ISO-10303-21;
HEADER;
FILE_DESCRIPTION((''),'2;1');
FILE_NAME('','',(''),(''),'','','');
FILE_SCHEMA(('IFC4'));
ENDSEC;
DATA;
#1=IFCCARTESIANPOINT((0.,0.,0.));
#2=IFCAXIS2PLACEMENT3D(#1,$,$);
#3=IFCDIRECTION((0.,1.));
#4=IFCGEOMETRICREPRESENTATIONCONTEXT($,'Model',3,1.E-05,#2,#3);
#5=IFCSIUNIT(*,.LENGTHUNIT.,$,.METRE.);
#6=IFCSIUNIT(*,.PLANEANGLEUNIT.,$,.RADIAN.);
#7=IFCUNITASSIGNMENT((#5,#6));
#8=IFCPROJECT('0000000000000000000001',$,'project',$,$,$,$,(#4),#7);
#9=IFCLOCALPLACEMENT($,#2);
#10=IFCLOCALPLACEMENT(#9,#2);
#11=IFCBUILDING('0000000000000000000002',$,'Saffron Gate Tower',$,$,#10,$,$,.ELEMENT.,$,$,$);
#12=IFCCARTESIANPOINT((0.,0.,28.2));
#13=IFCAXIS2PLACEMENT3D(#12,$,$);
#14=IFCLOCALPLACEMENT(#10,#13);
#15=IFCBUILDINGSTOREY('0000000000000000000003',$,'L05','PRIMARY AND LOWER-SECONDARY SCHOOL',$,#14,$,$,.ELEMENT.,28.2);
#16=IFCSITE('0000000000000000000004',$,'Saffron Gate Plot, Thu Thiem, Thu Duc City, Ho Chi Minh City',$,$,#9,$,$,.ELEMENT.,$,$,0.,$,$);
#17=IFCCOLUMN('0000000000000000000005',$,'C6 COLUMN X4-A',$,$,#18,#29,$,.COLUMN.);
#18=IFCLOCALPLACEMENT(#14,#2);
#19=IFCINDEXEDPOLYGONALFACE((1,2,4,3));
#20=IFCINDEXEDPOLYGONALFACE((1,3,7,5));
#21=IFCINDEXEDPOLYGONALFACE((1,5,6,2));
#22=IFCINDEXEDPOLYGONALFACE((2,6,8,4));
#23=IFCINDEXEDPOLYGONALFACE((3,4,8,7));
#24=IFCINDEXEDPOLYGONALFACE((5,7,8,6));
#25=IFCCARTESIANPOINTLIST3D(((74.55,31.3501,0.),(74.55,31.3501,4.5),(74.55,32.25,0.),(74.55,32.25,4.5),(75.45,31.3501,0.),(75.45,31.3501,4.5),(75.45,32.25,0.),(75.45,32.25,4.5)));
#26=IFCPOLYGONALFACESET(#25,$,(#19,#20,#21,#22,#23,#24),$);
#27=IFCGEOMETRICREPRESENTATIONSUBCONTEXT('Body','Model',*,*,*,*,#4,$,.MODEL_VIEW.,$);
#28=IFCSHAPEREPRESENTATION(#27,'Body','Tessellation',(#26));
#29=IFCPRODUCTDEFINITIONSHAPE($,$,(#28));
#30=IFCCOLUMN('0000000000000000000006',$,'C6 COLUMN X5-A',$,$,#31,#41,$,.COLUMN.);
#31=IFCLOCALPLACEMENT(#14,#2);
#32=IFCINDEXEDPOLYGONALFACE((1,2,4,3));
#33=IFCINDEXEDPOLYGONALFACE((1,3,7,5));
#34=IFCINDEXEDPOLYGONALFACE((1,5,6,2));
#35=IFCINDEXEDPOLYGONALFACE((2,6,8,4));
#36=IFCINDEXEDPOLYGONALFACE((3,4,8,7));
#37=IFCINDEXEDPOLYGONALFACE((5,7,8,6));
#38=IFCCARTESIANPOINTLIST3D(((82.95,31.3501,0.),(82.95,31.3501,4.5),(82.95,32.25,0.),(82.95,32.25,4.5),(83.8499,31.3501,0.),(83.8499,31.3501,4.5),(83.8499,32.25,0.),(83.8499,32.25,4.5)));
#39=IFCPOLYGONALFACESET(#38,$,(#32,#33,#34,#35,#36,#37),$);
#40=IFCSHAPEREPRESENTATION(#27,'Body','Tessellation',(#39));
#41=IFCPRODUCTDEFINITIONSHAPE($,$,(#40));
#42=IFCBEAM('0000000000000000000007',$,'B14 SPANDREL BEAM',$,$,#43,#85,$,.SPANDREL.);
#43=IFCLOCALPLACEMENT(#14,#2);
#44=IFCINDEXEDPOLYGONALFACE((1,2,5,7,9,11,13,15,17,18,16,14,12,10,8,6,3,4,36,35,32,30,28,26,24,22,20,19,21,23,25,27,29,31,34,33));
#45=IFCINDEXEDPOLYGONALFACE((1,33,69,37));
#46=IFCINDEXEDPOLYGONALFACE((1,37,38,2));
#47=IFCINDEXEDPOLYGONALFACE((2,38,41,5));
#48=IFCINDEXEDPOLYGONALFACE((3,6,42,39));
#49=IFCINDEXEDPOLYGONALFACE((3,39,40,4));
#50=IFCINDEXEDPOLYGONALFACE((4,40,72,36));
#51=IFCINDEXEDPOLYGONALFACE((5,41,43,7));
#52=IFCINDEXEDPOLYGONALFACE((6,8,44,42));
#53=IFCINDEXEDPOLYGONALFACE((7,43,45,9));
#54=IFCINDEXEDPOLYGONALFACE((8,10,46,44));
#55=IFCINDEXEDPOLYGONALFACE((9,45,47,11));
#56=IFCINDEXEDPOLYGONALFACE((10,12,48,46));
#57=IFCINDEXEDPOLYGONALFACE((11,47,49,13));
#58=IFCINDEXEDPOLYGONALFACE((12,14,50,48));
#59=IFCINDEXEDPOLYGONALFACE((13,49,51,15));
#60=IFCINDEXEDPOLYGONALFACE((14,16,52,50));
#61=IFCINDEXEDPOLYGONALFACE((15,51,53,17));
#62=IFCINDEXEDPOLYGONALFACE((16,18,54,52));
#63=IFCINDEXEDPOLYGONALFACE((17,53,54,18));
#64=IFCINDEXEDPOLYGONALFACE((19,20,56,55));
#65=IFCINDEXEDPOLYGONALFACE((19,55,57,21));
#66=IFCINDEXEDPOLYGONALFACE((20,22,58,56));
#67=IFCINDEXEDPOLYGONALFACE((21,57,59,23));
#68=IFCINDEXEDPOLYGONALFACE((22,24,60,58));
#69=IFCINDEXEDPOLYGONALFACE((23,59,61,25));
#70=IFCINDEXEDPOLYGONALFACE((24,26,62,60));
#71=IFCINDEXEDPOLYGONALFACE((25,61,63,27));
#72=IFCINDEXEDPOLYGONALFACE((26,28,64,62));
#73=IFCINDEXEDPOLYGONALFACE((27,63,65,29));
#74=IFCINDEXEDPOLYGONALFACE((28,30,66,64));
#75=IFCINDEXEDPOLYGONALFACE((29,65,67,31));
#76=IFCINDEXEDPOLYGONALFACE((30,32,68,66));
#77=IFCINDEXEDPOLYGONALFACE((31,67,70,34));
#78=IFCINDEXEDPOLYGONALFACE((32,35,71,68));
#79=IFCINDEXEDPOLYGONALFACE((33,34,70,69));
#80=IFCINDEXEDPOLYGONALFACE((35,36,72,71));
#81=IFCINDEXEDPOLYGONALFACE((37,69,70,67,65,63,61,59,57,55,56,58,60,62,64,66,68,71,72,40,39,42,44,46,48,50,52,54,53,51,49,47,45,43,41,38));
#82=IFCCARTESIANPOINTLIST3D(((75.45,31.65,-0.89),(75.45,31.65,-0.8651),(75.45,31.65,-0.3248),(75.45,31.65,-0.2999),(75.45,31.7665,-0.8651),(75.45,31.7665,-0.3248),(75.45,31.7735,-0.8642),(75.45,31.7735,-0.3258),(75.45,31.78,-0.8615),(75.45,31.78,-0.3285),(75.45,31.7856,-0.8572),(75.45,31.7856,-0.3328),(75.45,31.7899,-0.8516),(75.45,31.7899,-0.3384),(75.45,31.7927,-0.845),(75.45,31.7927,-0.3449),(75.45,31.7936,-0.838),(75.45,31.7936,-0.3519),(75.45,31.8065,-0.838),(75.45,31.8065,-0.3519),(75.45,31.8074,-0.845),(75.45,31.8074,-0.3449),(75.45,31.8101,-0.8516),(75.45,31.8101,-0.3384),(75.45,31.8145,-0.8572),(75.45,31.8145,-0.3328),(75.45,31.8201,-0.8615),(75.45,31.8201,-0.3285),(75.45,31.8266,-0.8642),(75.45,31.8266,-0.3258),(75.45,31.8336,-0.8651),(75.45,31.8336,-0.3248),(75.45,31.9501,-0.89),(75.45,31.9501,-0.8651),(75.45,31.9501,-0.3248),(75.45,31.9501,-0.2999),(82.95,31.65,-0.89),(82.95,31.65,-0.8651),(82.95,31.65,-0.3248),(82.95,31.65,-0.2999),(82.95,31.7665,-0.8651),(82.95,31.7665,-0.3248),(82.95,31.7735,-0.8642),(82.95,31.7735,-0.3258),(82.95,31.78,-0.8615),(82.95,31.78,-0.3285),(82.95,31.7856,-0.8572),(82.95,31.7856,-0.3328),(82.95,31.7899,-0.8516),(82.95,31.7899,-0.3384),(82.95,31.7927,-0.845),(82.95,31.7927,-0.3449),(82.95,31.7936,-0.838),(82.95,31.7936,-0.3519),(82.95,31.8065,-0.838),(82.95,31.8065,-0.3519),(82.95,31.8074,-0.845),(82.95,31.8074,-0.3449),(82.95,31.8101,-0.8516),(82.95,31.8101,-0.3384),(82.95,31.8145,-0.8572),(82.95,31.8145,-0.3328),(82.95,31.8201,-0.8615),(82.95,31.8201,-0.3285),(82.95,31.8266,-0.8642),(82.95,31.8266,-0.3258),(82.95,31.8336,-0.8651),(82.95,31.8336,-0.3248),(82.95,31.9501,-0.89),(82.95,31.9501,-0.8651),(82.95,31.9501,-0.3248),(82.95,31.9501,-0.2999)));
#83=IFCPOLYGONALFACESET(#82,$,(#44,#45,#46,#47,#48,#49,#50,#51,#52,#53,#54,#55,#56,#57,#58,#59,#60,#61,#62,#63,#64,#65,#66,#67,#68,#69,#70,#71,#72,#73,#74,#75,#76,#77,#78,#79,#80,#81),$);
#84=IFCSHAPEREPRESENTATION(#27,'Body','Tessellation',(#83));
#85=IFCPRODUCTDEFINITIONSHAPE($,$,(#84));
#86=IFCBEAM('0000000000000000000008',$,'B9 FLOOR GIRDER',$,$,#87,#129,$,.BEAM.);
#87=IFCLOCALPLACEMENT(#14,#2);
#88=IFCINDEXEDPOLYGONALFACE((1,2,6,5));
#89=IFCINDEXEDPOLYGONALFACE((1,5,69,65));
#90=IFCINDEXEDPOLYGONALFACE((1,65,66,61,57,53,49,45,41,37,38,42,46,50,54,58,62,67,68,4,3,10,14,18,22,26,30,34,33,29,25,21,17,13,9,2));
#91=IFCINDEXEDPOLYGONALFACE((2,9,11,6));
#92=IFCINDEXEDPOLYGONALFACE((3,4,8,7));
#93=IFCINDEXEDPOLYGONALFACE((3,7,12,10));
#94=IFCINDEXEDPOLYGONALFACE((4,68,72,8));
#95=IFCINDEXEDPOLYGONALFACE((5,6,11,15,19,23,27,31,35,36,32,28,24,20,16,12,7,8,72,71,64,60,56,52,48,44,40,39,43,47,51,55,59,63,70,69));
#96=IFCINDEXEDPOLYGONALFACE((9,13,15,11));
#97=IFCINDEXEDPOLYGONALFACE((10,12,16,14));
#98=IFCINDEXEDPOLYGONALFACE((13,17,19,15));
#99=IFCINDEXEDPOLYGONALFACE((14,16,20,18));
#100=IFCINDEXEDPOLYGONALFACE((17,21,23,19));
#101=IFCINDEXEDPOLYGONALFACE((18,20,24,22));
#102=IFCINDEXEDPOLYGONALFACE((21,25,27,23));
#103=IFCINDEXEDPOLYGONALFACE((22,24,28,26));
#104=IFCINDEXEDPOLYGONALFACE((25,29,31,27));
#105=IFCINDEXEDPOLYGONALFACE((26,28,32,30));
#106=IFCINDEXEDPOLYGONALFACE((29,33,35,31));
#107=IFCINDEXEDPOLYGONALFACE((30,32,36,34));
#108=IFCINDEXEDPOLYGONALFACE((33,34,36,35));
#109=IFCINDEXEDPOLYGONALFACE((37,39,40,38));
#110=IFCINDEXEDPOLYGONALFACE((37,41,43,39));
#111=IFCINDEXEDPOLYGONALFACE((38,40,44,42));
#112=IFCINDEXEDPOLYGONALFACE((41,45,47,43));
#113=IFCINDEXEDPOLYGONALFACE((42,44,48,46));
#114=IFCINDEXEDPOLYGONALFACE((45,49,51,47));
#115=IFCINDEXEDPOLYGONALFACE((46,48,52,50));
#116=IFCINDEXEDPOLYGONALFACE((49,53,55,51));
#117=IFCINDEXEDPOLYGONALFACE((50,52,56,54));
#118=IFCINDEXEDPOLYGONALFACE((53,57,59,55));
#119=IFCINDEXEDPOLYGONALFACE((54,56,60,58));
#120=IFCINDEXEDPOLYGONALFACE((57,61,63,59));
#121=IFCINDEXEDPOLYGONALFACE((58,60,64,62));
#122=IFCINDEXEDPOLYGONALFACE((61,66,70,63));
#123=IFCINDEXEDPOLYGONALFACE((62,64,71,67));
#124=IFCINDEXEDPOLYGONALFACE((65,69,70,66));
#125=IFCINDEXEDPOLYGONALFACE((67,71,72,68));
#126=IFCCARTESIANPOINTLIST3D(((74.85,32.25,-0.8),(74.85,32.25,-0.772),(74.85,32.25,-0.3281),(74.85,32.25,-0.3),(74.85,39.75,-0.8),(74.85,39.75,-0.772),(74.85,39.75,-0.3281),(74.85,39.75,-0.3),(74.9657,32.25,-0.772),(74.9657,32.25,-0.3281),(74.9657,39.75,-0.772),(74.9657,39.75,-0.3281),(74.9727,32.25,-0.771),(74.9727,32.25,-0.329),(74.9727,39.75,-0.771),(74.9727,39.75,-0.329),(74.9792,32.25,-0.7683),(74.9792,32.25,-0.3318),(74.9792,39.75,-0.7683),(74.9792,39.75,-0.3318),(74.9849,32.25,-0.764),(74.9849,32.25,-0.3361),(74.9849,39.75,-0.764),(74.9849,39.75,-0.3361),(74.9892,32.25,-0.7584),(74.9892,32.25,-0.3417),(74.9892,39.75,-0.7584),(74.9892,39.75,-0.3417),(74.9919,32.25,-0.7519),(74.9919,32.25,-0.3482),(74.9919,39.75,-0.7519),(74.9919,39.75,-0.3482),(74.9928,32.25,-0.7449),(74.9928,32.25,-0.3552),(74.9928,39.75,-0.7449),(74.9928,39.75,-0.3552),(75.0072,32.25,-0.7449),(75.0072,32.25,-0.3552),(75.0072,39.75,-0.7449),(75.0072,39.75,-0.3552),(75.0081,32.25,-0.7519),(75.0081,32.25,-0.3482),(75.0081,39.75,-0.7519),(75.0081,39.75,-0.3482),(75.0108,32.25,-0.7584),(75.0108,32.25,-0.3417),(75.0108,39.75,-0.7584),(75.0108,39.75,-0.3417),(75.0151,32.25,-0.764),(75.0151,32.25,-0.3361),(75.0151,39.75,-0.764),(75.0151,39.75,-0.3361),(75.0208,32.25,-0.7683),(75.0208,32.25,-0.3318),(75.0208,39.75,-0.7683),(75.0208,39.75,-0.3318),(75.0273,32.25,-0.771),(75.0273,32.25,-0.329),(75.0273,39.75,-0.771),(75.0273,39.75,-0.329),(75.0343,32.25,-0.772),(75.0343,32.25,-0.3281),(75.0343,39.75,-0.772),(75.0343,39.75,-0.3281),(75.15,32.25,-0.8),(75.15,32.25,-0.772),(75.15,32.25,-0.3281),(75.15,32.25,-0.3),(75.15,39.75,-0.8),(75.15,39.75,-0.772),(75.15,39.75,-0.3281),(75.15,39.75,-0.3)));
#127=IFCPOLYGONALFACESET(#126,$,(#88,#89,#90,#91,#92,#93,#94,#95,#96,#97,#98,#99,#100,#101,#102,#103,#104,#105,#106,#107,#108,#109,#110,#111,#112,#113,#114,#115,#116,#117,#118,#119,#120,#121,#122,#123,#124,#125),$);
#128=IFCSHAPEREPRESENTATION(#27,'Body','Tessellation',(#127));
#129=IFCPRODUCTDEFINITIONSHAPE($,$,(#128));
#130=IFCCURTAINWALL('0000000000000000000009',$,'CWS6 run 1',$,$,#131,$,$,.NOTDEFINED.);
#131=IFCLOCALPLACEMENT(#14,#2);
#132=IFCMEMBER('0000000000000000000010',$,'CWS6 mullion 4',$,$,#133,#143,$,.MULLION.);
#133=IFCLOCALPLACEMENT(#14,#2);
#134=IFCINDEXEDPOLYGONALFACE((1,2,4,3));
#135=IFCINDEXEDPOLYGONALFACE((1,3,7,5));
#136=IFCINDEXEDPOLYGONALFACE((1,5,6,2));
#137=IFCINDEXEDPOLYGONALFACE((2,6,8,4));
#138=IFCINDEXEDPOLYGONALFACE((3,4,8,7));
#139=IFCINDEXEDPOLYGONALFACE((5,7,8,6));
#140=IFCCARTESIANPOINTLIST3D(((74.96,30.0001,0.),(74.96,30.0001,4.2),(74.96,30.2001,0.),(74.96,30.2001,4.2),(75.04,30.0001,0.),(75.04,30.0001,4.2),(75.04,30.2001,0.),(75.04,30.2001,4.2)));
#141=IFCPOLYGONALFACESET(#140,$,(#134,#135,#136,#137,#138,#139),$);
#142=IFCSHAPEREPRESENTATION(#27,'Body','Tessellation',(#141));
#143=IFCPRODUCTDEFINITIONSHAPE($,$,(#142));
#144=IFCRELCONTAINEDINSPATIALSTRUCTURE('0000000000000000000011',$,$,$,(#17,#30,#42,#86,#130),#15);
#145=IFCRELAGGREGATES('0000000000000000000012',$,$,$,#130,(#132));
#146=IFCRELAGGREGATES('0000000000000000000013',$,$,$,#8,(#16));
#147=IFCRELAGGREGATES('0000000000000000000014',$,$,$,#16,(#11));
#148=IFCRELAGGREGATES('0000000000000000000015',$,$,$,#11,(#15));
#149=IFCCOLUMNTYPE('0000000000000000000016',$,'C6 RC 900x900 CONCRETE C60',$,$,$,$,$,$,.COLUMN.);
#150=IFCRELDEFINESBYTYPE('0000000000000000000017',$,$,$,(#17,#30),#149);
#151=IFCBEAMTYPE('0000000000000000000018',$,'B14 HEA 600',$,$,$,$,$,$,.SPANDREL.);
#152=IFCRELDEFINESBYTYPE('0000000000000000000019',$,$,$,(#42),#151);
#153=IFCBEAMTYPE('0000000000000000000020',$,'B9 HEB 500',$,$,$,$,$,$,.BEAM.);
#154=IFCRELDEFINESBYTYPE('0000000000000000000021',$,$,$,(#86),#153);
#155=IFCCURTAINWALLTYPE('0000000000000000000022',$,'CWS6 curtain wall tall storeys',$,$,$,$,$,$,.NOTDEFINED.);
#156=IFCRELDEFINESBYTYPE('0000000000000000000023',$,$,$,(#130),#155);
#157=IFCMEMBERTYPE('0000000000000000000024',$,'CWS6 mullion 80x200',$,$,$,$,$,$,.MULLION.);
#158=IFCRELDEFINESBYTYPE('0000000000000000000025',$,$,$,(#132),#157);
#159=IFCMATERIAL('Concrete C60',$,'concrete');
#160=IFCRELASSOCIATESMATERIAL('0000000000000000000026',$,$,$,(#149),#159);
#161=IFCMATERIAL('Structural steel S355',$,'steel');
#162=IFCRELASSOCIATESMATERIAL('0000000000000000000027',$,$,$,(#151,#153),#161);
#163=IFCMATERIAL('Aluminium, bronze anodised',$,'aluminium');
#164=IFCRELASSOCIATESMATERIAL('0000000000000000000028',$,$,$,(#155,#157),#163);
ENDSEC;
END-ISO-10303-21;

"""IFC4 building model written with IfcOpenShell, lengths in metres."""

from ifc_helpers import new_model, si_unit, direction, frame, origin, origin_2d, place, context, subcontext, project, spatial, rectangle, i_section, extrude, material, material_profile, profile_set, type_object, element, aggregate, save


model = new_model("IFC4")

# Units and contexts
model_context = context("Model", 3, precision=1e-05, world=origin(), true_north=direction((0.0, 1.0)))
body_context = subcontext(model_context, "Body", "Model", "MODEL_VIEW")
ifc_project = project(units=[si_unit("LENGTHUNIT", "METRE"), si_unit("PLANEANGLEUNIT", "RADIAN")], contexts=[model_context])

# Site, building, storey
site_placement = place(None, origin())
site = spatial("IfcSite", under=ifc_project, at=site_placement, Name="Saffron Gate Plot, Thu Thiem, Thu Duc City, Ho Chi Minh City", CompositionType="ELEMENT", RefElevation=0.0)
building_placement = place(site_placement, origin())
building = spatial("IfcBuilding", under=site, at=building_placement, Name="Saffron Gate Tower", CompositionType="ELEMENT")
storey_placement = place(building_placement, frame((0.0, 0.0, 28.2)))
storey = spatial("IfcBuildingStorey", under=building, at=storey_placement, Name="L05", Description="PRIMARY AND LOWER-SECONDARY SCHOOL", CompositionType="ELEMENT", Elevation=28.2)

# Columns
ifc_material_1 = material(Name="Concrete C60", Category="concrete")
ifc_material_profile_1 = material_profile(ifc_material_1, rectangle(XDim=0.8999, YDim=0.8999, at=origin_2d()))
ifc_profile_set_1 = profile_set([ifc_material_profile_1], Name="Concrete C60")
column_type = type_object("IfcColumnType", Name="C6 RC 900x900 CONCRETE C60", PredefinedType="COLUMN", material=ifc_profile_set_1)
for number, where, z_axis, x_axis, name in (
    (1, (75.0, 31.8, 0.0), (0.0, 0.0, 1.0), (1.0, 0.0, 0.0), "C6 COLUMN X4-A"),
    (2, (83.3999, 31.8, 0.0), (0.0, 0.0, 1.0), (1.0, 0.0, 0.0), "C6 COLUMN X5-A"),
):
    element("IfcColumn", number, at=place(storey_placement, frame(where, z_axis=z_axis, x_axis=x_axis)), inside=storey, type_object=column_type, Name=name, PredefinedType="COLUMN", context=body_context, shape_type="SweptSolid", body=[
        extrude(rectangle(XDim=0.8999, YDim=0.8999, at=origin_2d()), origin(), (0.0, 0.0, 1.0), 4.5),
    ])

# Beams
ifc_material_2 = material(Name="Structural steel S355", Category="steel")
ifc_material_profile_2 = material_profile(ifc_material_2, i_section(OverallWidth=0.3, OverallDepth=0.5901, WebThickness=0.0129, FlangeThickness=0.0249, FilletRadius=0.0271, at=origin_2d()))
ifc_profile_set_2 = profile_set([ifc_material_profile_2], Name="Structural steel S355")
beam_type_1 = type_object("IfcBeamType", Name="B14 HEA 600", PredefinedType="SPANDREL", material=ifc_profile_set_2)
beam_1_placement = place(storey_placement, frame((75.45, 31.8, -0.595), z_axis=(1.0, 0.0, 0.0), x_axis=(0.0, 1.0, 0.0)))
element("IfcBeam", 3, at=beam_1_placement, inside=storey, type_object=beam_type_1, Name="B14 SPANDREL BEAM", PredefinedType="SPANDREL", context=body_context, shape_type="SweptSolid", body=[
    extrude(i_section(OverallWidth=0.3, OverallDepth=0.5901, WebThickness=0.0129, FlangeThickness=0.0249, FilletRadius=0.0271, at=origin_2d()), origin(), (0.0, 0.0, 1.0), 7.5),
])
ifc_material_profile_3 = material_profile(ifc_material_2, i_section(OverallWidth=0.3, OverallDepth=0.5, WebThickness=0.0144, FlangeThickness=0.0281, FilletRadius=0.0271, at=origin_2d()))
ifc_profile_set_3 = profile_set([ifc_material_profile_3], Name="Structural steel S355")
beam_type_2 = type_object("IfcBeamType", Name="B9 HEB 500", PredefinedType="BEAM", material=ifc_profile_set_3)
beam_2_placement = place(storey_placement, frame((75.0, 32.25, -0.55), z_axis=(0.0, 1.0, 0.0), x_axis=(-1.0, 0.0, 0.0)))
element("IfcBeam", 4, at=beam_2_placement, inside=storey, type_object=beam_type_2, Name="B9 FLOOR GIRDER", PredefinedType="BEAM", context=body_context, shape_type="SweptSolid", body=[
    extrude(i_section(OverallWidth=0.3, OverallDepth=0.5, WebThickness=0.0144, FlangeThickness=0.0281, FilletRadius=0.0271, at=origin_2d()), origin(), (0.0, 0.0, 1.0), 7.5),
])

# Curtain wall, member
ifc_material_3 = material(Name="Aluminium, bronze anodised", Category="aluminium")
curtain_wall_type = type_object("IfcCurtainWallType", Name="CWS6 curtain wall tall storeys", PredefinedType="NOTDEFINED", material=ifc_material_3)
curtain_wall_placement = place(storey_placement, origin())
curtain_wall = element("IfcCurtainWall", 5, at=curtain_wall_placement, inside=storey, type_object=curtain_wall_type, Name="CWS6 run 1", PredefinedType="NOTDEFINED")
ifc_material_profile_4 = material_profile(ifc_material_3, rectangle(XDim=0.2, YDim=0.0801, at=origin_2d()))
ifc_profile_set_4 = profile_set([ifc_material_profile_4], Name="Aluminium, bronze anodised")
member_type = type_object("IfcMemberType", Name="CWS6 mullion 80x200", PredefinedType="MULLION", material=ifc_profile_set_4)
member_placement = place(storey_placement, frame((75.0, 30.1001, 0.0), z_axis=(0.0, 0.0, 1.0), x_axis=(0.0, 1.0, 0.0)))
member = element("IfcMember", 6, at=member_placement, type_object=member_type, Name="CWS6 mullion 4", PredefinedType="MULLION", context=body_context, shape_type="SweptSolid", body=[
    extrude(rectangle(XDim=0.2, YDim=0.0801, at=origin_2d()), origin(), (0.0, 0.0, 1.0), 4.2),
])
aggregate(curtain_wall, [member])

save(model, "model.ifc")
